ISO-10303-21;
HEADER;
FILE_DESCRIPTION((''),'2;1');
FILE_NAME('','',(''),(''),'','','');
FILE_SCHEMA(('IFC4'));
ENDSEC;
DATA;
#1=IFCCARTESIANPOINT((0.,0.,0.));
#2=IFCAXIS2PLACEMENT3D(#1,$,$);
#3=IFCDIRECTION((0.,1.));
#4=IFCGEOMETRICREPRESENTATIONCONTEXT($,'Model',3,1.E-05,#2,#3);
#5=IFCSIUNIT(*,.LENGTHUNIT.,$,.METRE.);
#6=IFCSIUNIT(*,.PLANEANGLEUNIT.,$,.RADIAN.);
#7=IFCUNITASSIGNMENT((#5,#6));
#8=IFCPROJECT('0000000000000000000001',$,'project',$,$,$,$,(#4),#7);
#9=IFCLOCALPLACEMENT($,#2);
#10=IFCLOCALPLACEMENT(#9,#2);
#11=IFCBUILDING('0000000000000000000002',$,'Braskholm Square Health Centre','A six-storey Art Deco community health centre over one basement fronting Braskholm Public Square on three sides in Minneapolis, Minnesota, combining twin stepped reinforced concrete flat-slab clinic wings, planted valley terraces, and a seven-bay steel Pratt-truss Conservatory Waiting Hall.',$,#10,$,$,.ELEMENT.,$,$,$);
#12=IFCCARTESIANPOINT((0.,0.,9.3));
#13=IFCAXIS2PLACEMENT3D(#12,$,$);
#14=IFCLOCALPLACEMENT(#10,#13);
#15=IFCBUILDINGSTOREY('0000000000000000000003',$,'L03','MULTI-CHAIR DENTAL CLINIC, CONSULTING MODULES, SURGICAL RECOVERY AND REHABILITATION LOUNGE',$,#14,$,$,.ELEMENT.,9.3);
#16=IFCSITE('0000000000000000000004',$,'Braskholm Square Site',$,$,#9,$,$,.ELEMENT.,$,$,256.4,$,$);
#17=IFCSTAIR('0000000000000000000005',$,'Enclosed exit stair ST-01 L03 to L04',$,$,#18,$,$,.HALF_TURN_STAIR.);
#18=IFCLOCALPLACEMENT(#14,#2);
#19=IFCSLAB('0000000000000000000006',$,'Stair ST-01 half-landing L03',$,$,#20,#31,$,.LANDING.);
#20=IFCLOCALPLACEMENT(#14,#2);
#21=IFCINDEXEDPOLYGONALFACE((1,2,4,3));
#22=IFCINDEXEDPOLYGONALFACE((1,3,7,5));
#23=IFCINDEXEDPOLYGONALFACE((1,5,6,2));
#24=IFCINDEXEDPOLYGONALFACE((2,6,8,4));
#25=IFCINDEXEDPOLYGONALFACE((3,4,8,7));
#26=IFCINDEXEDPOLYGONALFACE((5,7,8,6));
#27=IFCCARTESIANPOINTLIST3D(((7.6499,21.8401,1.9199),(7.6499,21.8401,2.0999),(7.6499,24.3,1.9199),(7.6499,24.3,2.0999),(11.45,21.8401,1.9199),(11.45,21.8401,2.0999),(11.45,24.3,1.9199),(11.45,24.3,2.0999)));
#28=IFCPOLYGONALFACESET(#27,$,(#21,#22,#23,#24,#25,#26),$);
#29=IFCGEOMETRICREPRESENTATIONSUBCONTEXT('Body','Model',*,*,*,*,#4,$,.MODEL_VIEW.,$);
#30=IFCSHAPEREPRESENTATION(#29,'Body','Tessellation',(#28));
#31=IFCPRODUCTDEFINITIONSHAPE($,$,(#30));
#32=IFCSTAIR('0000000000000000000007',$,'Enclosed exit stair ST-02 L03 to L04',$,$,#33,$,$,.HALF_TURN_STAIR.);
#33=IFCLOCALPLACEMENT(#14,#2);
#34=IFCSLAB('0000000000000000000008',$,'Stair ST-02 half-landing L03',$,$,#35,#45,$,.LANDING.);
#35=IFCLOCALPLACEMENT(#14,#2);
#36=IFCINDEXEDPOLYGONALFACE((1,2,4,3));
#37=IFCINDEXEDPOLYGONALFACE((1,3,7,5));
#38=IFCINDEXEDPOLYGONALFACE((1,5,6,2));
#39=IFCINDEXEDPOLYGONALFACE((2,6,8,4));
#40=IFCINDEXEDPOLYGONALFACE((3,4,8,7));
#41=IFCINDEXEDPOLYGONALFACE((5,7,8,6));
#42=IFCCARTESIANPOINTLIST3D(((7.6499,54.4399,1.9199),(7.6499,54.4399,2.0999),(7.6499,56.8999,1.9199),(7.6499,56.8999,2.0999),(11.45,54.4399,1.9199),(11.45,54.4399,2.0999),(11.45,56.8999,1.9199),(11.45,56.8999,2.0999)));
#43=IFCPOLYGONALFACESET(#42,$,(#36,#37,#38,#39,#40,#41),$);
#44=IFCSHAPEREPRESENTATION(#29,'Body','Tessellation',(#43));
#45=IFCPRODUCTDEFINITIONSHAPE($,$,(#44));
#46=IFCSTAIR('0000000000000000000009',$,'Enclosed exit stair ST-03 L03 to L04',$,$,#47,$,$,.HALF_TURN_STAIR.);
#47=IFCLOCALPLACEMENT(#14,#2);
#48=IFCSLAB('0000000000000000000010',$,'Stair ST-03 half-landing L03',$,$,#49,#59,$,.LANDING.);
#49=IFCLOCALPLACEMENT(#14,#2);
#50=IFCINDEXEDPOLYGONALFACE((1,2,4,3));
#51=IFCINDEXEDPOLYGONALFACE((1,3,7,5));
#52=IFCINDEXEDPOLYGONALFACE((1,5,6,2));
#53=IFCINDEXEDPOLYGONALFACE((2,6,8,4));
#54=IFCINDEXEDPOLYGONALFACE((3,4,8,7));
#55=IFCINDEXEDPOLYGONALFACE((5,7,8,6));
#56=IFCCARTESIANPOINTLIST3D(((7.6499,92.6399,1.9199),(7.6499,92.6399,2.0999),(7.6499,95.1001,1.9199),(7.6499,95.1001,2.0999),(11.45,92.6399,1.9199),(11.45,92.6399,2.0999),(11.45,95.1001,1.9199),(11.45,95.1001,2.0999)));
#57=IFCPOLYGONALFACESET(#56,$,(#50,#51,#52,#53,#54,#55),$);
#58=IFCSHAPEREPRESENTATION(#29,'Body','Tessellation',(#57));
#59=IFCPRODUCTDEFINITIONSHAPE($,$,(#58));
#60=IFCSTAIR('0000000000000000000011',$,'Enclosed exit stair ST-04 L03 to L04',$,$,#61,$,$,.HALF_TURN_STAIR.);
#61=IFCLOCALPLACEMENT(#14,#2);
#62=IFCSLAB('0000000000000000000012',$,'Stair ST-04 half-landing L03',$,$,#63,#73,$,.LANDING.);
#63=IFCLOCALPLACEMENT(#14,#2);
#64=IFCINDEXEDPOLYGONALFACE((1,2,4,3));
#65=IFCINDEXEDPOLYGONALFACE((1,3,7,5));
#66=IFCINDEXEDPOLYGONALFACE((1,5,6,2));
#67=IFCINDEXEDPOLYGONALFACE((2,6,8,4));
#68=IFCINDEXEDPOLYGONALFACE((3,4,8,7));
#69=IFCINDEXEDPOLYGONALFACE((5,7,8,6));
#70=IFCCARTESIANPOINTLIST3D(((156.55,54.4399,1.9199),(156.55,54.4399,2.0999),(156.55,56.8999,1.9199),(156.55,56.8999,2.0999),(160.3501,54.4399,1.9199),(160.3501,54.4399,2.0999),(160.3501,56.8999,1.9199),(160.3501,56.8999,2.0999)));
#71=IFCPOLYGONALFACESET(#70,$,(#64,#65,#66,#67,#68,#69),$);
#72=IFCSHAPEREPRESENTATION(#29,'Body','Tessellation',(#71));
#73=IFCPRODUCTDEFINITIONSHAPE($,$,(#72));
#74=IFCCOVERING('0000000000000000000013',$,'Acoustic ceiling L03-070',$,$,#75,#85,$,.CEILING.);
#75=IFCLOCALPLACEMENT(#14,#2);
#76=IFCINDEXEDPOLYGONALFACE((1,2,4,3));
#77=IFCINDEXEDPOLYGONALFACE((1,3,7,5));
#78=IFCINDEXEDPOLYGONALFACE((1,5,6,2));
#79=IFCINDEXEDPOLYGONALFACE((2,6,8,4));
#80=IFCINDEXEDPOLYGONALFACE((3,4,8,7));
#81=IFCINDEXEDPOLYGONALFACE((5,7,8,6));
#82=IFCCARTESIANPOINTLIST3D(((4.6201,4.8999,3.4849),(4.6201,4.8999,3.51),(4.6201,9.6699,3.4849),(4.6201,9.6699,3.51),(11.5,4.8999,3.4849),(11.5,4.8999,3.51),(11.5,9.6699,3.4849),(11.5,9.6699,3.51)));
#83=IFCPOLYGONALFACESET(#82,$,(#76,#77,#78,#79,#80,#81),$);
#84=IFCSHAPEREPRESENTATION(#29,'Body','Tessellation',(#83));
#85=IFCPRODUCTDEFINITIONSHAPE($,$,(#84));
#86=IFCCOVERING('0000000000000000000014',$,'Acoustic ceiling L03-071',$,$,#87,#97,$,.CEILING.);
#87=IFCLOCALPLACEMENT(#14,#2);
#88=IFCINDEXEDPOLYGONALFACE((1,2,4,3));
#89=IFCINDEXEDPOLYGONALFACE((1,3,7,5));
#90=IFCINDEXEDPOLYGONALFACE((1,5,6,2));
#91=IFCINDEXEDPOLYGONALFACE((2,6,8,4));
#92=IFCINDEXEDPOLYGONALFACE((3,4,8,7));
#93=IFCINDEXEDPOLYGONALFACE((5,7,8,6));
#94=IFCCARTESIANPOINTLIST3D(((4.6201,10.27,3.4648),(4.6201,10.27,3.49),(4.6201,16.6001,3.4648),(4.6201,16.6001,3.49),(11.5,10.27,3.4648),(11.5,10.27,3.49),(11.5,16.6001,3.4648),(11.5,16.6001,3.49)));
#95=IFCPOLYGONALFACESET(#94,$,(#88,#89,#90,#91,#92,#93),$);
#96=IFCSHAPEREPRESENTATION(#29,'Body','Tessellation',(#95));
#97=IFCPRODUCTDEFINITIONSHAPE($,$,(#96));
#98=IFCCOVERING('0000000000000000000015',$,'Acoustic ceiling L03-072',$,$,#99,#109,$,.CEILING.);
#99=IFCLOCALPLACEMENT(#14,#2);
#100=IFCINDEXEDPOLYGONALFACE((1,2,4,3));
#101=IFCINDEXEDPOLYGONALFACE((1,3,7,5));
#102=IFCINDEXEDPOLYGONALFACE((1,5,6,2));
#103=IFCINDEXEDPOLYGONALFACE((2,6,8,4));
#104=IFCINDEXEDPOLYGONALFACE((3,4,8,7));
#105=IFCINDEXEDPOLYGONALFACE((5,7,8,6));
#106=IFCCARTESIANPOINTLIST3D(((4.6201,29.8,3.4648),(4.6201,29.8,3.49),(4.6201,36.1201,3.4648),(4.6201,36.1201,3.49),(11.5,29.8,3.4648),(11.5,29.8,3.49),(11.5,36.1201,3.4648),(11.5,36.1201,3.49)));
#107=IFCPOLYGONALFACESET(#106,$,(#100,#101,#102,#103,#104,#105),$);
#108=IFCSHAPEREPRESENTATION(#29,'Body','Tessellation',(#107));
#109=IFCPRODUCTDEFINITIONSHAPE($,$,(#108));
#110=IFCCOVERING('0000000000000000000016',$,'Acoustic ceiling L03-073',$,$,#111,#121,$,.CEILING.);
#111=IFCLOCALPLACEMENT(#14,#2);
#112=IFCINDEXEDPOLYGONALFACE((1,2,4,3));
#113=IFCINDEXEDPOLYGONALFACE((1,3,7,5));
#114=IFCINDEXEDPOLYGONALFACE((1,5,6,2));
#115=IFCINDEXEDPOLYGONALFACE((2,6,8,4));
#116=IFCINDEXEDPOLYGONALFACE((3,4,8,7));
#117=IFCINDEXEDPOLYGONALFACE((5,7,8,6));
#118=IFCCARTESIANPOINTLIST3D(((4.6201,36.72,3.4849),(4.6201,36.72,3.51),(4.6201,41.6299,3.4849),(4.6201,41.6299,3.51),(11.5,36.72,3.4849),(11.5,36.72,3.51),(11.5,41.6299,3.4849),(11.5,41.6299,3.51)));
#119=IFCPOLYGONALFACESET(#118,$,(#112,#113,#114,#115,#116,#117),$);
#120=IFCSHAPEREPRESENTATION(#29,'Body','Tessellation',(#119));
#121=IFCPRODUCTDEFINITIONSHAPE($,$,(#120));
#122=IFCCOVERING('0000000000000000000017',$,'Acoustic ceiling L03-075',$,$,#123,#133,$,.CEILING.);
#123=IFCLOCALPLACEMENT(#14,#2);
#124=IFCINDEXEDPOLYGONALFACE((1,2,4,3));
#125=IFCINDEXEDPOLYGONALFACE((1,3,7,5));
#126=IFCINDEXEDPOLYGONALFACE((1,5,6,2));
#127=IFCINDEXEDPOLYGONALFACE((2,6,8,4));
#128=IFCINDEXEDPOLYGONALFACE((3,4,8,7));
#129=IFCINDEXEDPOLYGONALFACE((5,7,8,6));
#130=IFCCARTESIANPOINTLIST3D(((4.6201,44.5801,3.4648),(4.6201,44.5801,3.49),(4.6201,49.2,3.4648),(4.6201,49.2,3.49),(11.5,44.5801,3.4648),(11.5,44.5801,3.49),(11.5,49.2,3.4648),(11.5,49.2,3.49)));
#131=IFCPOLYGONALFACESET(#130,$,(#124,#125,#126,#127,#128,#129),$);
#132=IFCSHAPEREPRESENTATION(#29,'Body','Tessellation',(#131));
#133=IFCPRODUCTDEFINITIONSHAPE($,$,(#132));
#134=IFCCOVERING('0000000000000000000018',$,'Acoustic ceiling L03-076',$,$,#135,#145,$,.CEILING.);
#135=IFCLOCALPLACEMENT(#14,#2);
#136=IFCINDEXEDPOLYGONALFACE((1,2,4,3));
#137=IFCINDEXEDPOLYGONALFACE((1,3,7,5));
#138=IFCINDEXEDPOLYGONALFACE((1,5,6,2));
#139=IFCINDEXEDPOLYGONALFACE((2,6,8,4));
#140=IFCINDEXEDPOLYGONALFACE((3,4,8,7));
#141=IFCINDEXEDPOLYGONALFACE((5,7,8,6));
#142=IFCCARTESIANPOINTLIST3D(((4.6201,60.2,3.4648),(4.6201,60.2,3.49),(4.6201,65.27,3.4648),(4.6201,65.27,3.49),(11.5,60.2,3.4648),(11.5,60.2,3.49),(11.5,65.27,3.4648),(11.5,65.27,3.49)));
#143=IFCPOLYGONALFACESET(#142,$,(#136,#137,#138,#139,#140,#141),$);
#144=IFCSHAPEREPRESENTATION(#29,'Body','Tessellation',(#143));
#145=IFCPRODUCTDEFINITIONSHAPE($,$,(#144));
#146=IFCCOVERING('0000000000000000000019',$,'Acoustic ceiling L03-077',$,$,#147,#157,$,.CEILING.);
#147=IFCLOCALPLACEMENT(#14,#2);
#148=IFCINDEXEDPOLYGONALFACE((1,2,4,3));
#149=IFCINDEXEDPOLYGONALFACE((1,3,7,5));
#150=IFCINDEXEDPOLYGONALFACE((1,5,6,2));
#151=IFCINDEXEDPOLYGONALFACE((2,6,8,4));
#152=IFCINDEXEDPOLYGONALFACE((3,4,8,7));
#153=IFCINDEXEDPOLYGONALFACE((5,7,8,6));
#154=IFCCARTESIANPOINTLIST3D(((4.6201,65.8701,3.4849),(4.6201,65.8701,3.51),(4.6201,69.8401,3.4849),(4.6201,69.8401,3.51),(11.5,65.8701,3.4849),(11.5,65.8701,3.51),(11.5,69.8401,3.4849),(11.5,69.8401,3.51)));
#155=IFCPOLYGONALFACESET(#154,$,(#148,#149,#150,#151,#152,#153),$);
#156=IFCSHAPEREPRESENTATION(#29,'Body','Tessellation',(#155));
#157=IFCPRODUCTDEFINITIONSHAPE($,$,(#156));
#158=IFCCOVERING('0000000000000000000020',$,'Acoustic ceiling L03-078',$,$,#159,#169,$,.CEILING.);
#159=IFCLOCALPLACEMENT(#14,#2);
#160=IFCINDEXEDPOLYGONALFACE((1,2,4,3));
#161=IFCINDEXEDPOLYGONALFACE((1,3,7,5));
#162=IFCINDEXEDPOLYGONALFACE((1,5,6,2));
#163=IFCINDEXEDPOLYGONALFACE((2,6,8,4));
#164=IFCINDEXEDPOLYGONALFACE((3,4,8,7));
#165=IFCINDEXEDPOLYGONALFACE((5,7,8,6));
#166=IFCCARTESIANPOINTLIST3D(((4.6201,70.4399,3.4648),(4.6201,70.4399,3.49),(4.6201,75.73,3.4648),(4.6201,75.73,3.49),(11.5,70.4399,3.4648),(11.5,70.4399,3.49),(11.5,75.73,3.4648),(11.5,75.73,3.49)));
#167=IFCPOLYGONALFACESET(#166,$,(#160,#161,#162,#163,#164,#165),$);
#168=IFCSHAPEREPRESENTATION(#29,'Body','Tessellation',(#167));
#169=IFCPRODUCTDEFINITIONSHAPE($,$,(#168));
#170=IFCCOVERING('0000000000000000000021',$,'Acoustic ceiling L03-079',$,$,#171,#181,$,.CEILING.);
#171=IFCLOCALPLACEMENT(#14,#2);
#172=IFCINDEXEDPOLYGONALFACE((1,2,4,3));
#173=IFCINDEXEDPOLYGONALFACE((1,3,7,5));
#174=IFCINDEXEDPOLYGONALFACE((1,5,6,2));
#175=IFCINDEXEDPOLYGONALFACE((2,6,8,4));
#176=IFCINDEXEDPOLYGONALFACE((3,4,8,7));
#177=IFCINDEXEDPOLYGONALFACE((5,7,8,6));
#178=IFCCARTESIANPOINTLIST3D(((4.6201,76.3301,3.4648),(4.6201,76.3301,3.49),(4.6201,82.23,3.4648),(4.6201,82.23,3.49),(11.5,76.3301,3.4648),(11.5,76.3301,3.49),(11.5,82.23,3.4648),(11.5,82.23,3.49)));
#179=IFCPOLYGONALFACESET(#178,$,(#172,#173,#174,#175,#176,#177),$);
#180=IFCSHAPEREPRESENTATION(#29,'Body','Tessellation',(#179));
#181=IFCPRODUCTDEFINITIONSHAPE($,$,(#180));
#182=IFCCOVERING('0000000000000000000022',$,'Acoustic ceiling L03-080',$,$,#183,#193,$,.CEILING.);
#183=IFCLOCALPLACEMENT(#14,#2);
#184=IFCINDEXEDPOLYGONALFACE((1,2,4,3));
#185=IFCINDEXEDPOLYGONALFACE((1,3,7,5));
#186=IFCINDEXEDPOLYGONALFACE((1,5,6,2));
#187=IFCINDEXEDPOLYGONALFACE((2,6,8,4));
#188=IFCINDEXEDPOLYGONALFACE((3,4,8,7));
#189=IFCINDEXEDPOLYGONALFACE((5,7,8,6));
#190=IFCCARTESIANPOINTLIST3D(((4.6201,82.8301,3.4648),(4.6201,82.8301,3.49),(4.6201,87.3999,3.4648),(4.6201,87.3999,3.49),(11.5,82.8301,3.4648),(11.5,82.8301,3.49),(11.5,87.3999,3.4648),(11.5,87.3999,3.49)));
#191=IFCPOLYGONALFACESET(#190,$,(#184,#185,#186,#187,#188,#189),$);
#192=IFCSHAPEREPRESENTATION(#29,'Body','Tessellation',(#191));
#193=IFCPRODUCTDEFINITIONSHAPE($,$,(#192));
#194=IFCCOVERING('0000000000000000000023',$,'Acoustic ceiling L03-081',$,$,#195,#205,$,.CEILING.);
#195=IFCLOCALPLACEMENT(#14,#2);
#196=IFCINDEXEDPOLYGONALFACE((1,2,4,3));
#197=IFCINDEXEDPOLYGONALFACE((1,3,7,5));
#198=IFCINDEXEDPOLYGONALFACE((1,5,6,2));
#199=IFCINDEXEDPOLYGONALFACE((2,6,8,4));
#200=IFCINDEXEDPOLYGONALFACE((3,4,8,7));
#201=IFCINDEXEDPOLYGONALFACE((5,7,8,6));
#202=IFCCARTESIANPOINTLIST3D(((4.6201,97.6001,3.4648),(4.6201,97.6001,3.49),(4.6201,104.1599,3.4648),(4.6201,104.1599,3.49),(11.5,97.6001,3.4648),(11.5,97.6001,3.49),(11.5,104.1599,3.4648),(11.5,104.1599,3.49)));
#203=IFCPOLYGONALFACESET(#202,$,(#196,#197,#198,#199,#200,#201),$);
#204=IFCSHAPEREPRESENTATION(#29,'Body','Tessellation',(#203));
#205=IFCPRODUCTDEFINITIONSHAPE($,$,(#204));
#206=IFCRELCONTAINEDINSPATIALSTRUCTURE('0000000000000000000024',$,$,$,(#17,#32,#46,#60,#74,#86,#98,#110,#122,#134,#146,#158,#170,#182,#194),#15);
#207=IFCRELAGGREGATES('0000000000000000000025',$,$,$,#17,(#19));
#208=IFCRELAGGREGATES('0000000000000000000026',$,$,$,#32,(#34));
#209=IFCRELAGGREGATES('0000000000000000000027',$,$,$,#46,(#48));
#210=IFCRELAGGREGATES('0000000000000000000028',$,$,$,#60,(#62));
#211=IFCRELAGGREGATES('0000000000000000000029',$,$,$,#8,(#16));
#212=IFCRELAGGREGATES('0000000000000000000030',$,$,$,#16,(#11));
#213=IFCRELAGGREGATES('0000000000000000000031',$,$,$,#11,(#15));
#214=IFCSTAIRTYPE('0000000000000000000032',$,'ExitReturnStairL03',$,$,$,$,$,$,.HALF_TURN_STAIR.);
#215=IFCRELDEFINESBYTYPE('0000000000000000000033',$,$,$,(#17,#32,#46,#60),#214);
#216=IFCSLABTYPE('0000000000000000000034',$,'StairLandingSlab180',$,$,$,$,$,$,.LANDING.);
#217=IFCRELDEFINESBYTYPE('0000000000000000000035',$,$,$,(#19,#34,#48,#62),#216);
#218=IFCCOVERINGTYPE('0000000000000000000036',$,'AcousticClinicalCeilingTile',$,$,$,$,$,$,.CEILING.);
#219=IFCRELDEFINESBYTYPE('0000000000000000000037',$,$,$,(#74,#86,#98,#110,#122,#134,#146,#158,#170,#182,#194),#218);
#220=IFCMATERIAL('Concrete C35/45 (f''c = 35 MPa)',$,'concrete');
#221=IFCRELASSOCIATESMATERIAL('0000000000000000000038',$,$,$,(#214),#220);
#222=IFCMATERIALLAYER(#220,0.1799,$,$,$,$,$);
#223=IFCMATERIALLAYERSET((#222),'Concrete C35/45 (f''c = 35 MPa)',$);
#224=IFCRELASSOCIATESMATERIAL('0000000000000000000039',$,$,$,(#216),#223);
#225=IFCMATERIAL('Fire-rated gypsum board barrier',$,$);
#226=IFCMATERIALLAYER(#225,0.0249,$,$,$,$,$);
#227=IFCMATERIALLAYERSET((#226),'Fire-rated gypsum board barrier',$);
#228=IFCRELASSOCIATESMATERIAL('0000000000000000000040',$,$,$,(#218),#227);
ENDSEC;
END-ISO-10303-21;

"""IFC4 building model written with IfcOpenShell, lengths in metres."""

from ifc_helpers import new_model, si_unit, direction, frame, origin, place, context, subcontext, project, spatial, polyline, outline, extrude, material, layer, layer_set, type_object, element, aggregate, save


model = new_model("IFC4")

# Units and contexts
model_context = context("Model", 3, precision=1e-05, world=origin(), true_north=direction((0.0, 1.0)))
body_context = subcontext(model_context, "Body", "Model", "MODEL_VIEW")
ifc_project = project(units=[si_unit("LENGTHUNIT", "METRE"), si_unit("PLANEANGLEUNIT", "RADIAN")], contexts=[model_context])

# Site, building, storey
site_placement = place(None, origin())
site = spatial("IfcSite", under=ifc_project, at=site_placement, Name="Braskholm Square Site", CompositionType="ELEMENT", RefElevation=256.4)
building_placement = place(site_placement, origin())
building = spatial("IfcBuilding", under=site, at=building_placement, Name="Braskholm Square Health Centre", Description="A six-storey Art Deco community health centre over one basement fronting Braskholm Public Square on three sides in Minneapolis, Minnesota, combining twin stepped reinforced concrete flat-slab clinic wings, planted valley terraces, and a seven-bay steel Pratt-truss Conservatory Waiting Hall.", CompositionType="ELEMENT")
storey_placement = place(building_placement, frame((0.0, 0.0, 9.3)))
storey = spatial("IfcBuildingStorey", under=building, at=storey_placement, Name="L03", Description="MULTI-CHAIR DENTAL CLINIC, CONSULTING MODULES, SURGICAL RECOVERY AND REHABILITATION LOUNGE", CompositionType="ELEMENT", Elevation=9.3)

# Stairs, slabs
ifc_material_1 = material(Name="Concrete C35/45 (f'c = 35 MPa)", Category="concrete")
stair_type = type_object("IfcStairType", Name="ExitReturnStairL03", PredefinedType="HALF_TURN_STAIR", material=ifc_material_1)
stair_1_placement = place(storey_placement, origin())
stair_1 = element("IfcStair", 1, at=stair_1_placement, inside=storey, type_object=stair_type, Name="Enclosed exit stair ST-01 L03 to L04", PredefinedType="HALF_TURN_STAIR")
ifc_layer_1 = layer(ifc_material_1, 0.1799)
ifc_layer_set_1 = layer_set([ifc_layer_1], Name="Concrete C35/45 (f'c = 35 MPa)")
slab_type = type_object("IfcSlabType", Name="StairLandingSlab180", PredefinedType="LANDING", material=ifc_layer_set_1)
slab_1_placement = place(storey_placement, frame((0.0, 0.0, 1.9199)))
slab_1 = element("IfcSlab", 2, at=slab_1_placement, type_object=slab_type, Name="Stair ST-01 half-landing L03", PredefinedType="LANDING", context=body_context, shape_type="SweptSolid", body=[
    extrude(outline(polyline([(7.6499, 21.8401), (11.45, 21.8401), (11.45, 24.3), (7.6499, 24.3), (7.6499, 21.8401)])), origin(), (0.0, 0.0, 1.0), 0.1799),
])
aggregate(stair_1, [slab_1])
stair_2_placement = place(storey_placement, origin())
stair_2 = element("IfcStair", 3, at=stair_2_placement, inside=storey, type_object=stair_type, Name="Enclosed exit stair ST-02 L03 to L04", PredefinedType="HALF_TURN_STAIR")
slab_2_placement = place(storey_placement, frame((0.0, 0.0, 1.9199)))
slab_2 = element("IfcSlab", 4, at=slab_2_placement, type_object=slab_type, Name="Stair ST-02 half-landing L03", PredefinedType="LANDING", context=body_context, shape_type="SweptSolid", body=[
    extrude(outline(polyline([(7.6499, 54.4399), (11.45, 54.4399), (11.45, 56.8999), (7.6499, 56.8999), (7.6499, 54.4399)])), origin(), (0.0, 0.0, 1.0), 0.1799),
])
aggregate(stair_2, [slab_2])
stair_3_placement = place(storey_placement, origin())
stair_3 = element("IfcStair", 5, at=stair_3_placement, inside=storey, type_object=stair_type, Name="Enclosed exit stair ST-03 L03 to L04", PredefinedType="HALF_TURN_STAIR")
slab_3_placement = place(storey_placement, frame((0.0, 0.0, 1.9199)))
slab_3 = element("IfcSlab", 6, at=slab_3_placement, type_object=slab_type, Name="Stair ST-03 half-landing L03", PredefinedType="LANDING", context=body_context, shape_type="SweptSolid", body=[
    extrude(outline(polyline([(7.6499, 92.6399), (11.45, 92.6399), (11.45, 95.1001), (7.6499, 95.1001), (7.6499, 92.6399)])), origin(), (0.0, 0.0, 1.0), 0.1799),
])
aggregate(stair_3, [slab_3])
stair_4_placement = place(storey_placement, origin())
stair_4 = element("IfcStair", 7, at=stair_4_placement, inside=storey, type_object=stair_type, Name="Enclosed exit stair ST-04 L03 to L04", PredefinedType="HALF_TURN_STAIR")
slab_4_placement = place(storey_placement, frame((0.0, 0.0, 1.9199)))
slab_4 = element("IfcSlab", 8, at=slab_4_placement, type_object=slab_type, Name="Stair ST-04 half-landing L03", PredefinedType="LANDING", context=body_context, shape_type="SweptSolid", body=[
    extrude(outline(polyline([(156.55, 54.4399), (160.3501, 54.4399), (160.3501, 56.8999), (156.55, 56.8999), (156.55, 54.4399)])), origin(), (0.0, 0.0, 1.0), 0.1799),
])
aggregate(stair_4, [slab_4])

# Coverings
ifc_material_2 = material(Name="Fire-rated gypsum board barrier")
ifc_layer_2 = layer(ifc_material_2, 0.0249)
ifc_layer_set_2 = layer_set([ifc_layer_2], Name="Fire-rated gypsum board barrier")
covering_type_1 = type_object("IfcCoveringType", Name="AcousticClinicalCeilingTile", PredefinedType="CEILING", material=ifc_layer_set_2)
covering_1_placement = place(storey_placement, frame((0.0, 0.0, 3.4849)))
element("IfcCovering", 9, at=covering_1_placement, inside=storey, type_object=covering_type_1, Name="Acoustic ceiling L03-070", PredefinedType="CEILING", context=body_context, shape_type="SweptSolid", body=[
    extrude(outline(polyline([(4.6201, 4.8999), (11.5, 4.8999), (11.5, 9.6699), (4.6201, 9.6699), (4.6201, 4.8999)])), origin(), (0.0, 0.0, 1.0), 0.0251),
])
covering_2_placement = place(storey_placement, frame((0.0, 0.0, 3.4648)))
element("IfcCovering", 10, at=covering_2_placement, inside=storey, type_object=covering_type_1, Name="Acoustic ceiling L03-071", PredefinedType="CEILING", context=body_context, shape_type="SweptSolid", body=[
    extrude(outline(polyline([(4.6201, 10.27), (11.5, 10.27), (11.5, 16.6001), (4.6201, 16.6001), (4.6201, 10.27)])), origin(), (0.0, 0.0, 1.0), 0.0251),
])
covering_3_placement = place(storey_placement, frame((0.0, 0.0, 3.4648)))
element("IfcCovering", 11, at=covering_3_placement, inside=storey, type_object=covering_type_1, Name="Acoustic ceiling L03-072", PredefinedType="CEILING", context=body_context, shape_type="SweptSolid", body=[
    extrude(outline(polyline([(4.6201, 29.8), (11.5, 29.8), (11.5, 36.1201), (4.6201, 36.1201), (4.6201, 29.8)])), origin(), (0.0, 0.0, 1.0), 0.0251),
])
covering_4_placement = place(storey_placement, frame((0.0, 0.0, 3.4849)))
element("IfcCovering", 12, at=covering_4_placement, inside=storey, type_object=covering_type_1, Name="Acoustic ceiling L03-073", PredefinedType="CEILING", context=body_context, shape_type="SweptSolid", body=[
    extrude(outline(polyline([(4.6201, 36.72), (11.5, 36.72), (11.5, 41.6299), (4.6201, 41.6299), (4.6201, 36.72)])), origin(), (0.0, 0.0, 1.0), 0.0251),
])
covering_5_placement = place(storey_placement, frame((0.0, 0.0, 3.4648)))
element("IfcCovering", 13, at=covering_5_placement, inside=storey, type_object=covering_type_1, Name="Acoustic ceiling L03-075", PredefinedType="CEILING", context=body_context, shape_type="SweptSolid", body=[
    extrude(outline(polyline([(4.6201, 44.5801), (11.5, 44.5801), (11.5, 49.2), (4.6201, 49.2), (4.6201, 44.5801)])), origin(), (0.0, 0.0, 1.0), 0.0251),
])
covering_6_placement = place(storey_placement, frame((0.0, 0.0, 3.4648)))
element("IfcCovering", 14, at=covering_6_placement, inside=storey, type_object=covering_type_1, Name="Acoustic ceiling L03-076", PredefinedType="CEILING", context=body_context, shape_type="SweptSolid", body=[
    extrude(outline(polyline([(4.6201, 60.2), (11.5, 60.2), (11.5, 65.27), (4.6201, 65.27), (4.6201, 60.2)])), origin(), (0.0, 0.0, 1.0), 0.0251),
])
covering_7_placement = place(storey_placement, frame((0.0, 0.0, 3.4849)))
element("IfcCovering", 15, at=covering_7_placement, inside=storey, type_object=covering_type_1, Name="Acoustic ceiling L03-077", PredefinedType="CEILING", context=body_context, shape_type="SweptSolid", body=[
    extrude(outline(polyline([(4.6201, 65.8701), (11.5, 65.8701), (11.5, 69.8401), (4.6201, 69.8401), (4.6201, 65.8701)])), origin(), (0.0, 0.0, 1.0), 0.0251),
])
covering_8_placement = place(storey_placement, frame((0.0, 0.0, 3.4648)))
element("IfcCovering", 16, at=covering_8_placement, inside=storey, type_object=covering_type_1, Name="Acoustic ceiling L03-078", PredefinedType="CEILING", context=body_context, shape_type="SweptSolid", body=[
    extrude(outline(polyline([(4.6201, 70.4399), (11.5, 70.4399), (11.5, 75.73), (4.6201, 75.73), (4.6201, 70.4399)])), origin(), (0.0, 0.0, 1.0), 0.0251),
])
covering_9_placement = place(storey_placement, frame((0.0, 0.0, 3.4648)))
element("IfcCovering", 17, at=covering_9_placement, inside=storey, type_object=covering_type_1, Name="Acoustic ceiling L03-079", PredefinedType="CEILING", context=body_context, shape_type="SweptSolid", body=[
    extrude(outline(polyline([(4.6201, 76.3301), (11.5, 76.3301), (11.5, 82.23), (4.6201, 82.23), (4.6201, 76.3301)])), origin(), (0.0, 0.0, 1.0), 0.0251),
])
covering_10_placement = place(storey_placement, frame((0.0, 0.0, 3.4648)))
element("IfcCovering", 18, at=covering_10_placement, inside=storey, type_object=covering_type_1, Name="Acoustic ceiling L03-080", PredefinedType="CEILING", context=body_context, shape_type="SweptSolid", body=[
    extrude(outline(polyline([(4.6201, 82.8301), (11.5, 82.8301), (11.5, 87.3999), (4.6201, 87.3999), (4.6201, 82.8301)])), origin(), (0.0, 0.0, 1.0), 0.0251),
])
covering_11_placement = place(storey_placement, frame((0.0, 0.0, 3.4648)))
element("IfcCovering", 19, at=covering_11_placement, inside=storey, type_object=covering_type_1, Name="Acoustic ceiling L03-081", PredefinedType="CEILING", context=body_context, shape_type="SweptSolid", body=[
    extrude(outline(polyline([(4.6201, 97.6001), (11.5, 97.6001), (11.5, 104.1599), (4.6201, 104.1599), (4.6201, 97.6001)])), origin(), (0.0, 0.0, 1.0), 0.0251),
])

save(model, "model.ifc")
